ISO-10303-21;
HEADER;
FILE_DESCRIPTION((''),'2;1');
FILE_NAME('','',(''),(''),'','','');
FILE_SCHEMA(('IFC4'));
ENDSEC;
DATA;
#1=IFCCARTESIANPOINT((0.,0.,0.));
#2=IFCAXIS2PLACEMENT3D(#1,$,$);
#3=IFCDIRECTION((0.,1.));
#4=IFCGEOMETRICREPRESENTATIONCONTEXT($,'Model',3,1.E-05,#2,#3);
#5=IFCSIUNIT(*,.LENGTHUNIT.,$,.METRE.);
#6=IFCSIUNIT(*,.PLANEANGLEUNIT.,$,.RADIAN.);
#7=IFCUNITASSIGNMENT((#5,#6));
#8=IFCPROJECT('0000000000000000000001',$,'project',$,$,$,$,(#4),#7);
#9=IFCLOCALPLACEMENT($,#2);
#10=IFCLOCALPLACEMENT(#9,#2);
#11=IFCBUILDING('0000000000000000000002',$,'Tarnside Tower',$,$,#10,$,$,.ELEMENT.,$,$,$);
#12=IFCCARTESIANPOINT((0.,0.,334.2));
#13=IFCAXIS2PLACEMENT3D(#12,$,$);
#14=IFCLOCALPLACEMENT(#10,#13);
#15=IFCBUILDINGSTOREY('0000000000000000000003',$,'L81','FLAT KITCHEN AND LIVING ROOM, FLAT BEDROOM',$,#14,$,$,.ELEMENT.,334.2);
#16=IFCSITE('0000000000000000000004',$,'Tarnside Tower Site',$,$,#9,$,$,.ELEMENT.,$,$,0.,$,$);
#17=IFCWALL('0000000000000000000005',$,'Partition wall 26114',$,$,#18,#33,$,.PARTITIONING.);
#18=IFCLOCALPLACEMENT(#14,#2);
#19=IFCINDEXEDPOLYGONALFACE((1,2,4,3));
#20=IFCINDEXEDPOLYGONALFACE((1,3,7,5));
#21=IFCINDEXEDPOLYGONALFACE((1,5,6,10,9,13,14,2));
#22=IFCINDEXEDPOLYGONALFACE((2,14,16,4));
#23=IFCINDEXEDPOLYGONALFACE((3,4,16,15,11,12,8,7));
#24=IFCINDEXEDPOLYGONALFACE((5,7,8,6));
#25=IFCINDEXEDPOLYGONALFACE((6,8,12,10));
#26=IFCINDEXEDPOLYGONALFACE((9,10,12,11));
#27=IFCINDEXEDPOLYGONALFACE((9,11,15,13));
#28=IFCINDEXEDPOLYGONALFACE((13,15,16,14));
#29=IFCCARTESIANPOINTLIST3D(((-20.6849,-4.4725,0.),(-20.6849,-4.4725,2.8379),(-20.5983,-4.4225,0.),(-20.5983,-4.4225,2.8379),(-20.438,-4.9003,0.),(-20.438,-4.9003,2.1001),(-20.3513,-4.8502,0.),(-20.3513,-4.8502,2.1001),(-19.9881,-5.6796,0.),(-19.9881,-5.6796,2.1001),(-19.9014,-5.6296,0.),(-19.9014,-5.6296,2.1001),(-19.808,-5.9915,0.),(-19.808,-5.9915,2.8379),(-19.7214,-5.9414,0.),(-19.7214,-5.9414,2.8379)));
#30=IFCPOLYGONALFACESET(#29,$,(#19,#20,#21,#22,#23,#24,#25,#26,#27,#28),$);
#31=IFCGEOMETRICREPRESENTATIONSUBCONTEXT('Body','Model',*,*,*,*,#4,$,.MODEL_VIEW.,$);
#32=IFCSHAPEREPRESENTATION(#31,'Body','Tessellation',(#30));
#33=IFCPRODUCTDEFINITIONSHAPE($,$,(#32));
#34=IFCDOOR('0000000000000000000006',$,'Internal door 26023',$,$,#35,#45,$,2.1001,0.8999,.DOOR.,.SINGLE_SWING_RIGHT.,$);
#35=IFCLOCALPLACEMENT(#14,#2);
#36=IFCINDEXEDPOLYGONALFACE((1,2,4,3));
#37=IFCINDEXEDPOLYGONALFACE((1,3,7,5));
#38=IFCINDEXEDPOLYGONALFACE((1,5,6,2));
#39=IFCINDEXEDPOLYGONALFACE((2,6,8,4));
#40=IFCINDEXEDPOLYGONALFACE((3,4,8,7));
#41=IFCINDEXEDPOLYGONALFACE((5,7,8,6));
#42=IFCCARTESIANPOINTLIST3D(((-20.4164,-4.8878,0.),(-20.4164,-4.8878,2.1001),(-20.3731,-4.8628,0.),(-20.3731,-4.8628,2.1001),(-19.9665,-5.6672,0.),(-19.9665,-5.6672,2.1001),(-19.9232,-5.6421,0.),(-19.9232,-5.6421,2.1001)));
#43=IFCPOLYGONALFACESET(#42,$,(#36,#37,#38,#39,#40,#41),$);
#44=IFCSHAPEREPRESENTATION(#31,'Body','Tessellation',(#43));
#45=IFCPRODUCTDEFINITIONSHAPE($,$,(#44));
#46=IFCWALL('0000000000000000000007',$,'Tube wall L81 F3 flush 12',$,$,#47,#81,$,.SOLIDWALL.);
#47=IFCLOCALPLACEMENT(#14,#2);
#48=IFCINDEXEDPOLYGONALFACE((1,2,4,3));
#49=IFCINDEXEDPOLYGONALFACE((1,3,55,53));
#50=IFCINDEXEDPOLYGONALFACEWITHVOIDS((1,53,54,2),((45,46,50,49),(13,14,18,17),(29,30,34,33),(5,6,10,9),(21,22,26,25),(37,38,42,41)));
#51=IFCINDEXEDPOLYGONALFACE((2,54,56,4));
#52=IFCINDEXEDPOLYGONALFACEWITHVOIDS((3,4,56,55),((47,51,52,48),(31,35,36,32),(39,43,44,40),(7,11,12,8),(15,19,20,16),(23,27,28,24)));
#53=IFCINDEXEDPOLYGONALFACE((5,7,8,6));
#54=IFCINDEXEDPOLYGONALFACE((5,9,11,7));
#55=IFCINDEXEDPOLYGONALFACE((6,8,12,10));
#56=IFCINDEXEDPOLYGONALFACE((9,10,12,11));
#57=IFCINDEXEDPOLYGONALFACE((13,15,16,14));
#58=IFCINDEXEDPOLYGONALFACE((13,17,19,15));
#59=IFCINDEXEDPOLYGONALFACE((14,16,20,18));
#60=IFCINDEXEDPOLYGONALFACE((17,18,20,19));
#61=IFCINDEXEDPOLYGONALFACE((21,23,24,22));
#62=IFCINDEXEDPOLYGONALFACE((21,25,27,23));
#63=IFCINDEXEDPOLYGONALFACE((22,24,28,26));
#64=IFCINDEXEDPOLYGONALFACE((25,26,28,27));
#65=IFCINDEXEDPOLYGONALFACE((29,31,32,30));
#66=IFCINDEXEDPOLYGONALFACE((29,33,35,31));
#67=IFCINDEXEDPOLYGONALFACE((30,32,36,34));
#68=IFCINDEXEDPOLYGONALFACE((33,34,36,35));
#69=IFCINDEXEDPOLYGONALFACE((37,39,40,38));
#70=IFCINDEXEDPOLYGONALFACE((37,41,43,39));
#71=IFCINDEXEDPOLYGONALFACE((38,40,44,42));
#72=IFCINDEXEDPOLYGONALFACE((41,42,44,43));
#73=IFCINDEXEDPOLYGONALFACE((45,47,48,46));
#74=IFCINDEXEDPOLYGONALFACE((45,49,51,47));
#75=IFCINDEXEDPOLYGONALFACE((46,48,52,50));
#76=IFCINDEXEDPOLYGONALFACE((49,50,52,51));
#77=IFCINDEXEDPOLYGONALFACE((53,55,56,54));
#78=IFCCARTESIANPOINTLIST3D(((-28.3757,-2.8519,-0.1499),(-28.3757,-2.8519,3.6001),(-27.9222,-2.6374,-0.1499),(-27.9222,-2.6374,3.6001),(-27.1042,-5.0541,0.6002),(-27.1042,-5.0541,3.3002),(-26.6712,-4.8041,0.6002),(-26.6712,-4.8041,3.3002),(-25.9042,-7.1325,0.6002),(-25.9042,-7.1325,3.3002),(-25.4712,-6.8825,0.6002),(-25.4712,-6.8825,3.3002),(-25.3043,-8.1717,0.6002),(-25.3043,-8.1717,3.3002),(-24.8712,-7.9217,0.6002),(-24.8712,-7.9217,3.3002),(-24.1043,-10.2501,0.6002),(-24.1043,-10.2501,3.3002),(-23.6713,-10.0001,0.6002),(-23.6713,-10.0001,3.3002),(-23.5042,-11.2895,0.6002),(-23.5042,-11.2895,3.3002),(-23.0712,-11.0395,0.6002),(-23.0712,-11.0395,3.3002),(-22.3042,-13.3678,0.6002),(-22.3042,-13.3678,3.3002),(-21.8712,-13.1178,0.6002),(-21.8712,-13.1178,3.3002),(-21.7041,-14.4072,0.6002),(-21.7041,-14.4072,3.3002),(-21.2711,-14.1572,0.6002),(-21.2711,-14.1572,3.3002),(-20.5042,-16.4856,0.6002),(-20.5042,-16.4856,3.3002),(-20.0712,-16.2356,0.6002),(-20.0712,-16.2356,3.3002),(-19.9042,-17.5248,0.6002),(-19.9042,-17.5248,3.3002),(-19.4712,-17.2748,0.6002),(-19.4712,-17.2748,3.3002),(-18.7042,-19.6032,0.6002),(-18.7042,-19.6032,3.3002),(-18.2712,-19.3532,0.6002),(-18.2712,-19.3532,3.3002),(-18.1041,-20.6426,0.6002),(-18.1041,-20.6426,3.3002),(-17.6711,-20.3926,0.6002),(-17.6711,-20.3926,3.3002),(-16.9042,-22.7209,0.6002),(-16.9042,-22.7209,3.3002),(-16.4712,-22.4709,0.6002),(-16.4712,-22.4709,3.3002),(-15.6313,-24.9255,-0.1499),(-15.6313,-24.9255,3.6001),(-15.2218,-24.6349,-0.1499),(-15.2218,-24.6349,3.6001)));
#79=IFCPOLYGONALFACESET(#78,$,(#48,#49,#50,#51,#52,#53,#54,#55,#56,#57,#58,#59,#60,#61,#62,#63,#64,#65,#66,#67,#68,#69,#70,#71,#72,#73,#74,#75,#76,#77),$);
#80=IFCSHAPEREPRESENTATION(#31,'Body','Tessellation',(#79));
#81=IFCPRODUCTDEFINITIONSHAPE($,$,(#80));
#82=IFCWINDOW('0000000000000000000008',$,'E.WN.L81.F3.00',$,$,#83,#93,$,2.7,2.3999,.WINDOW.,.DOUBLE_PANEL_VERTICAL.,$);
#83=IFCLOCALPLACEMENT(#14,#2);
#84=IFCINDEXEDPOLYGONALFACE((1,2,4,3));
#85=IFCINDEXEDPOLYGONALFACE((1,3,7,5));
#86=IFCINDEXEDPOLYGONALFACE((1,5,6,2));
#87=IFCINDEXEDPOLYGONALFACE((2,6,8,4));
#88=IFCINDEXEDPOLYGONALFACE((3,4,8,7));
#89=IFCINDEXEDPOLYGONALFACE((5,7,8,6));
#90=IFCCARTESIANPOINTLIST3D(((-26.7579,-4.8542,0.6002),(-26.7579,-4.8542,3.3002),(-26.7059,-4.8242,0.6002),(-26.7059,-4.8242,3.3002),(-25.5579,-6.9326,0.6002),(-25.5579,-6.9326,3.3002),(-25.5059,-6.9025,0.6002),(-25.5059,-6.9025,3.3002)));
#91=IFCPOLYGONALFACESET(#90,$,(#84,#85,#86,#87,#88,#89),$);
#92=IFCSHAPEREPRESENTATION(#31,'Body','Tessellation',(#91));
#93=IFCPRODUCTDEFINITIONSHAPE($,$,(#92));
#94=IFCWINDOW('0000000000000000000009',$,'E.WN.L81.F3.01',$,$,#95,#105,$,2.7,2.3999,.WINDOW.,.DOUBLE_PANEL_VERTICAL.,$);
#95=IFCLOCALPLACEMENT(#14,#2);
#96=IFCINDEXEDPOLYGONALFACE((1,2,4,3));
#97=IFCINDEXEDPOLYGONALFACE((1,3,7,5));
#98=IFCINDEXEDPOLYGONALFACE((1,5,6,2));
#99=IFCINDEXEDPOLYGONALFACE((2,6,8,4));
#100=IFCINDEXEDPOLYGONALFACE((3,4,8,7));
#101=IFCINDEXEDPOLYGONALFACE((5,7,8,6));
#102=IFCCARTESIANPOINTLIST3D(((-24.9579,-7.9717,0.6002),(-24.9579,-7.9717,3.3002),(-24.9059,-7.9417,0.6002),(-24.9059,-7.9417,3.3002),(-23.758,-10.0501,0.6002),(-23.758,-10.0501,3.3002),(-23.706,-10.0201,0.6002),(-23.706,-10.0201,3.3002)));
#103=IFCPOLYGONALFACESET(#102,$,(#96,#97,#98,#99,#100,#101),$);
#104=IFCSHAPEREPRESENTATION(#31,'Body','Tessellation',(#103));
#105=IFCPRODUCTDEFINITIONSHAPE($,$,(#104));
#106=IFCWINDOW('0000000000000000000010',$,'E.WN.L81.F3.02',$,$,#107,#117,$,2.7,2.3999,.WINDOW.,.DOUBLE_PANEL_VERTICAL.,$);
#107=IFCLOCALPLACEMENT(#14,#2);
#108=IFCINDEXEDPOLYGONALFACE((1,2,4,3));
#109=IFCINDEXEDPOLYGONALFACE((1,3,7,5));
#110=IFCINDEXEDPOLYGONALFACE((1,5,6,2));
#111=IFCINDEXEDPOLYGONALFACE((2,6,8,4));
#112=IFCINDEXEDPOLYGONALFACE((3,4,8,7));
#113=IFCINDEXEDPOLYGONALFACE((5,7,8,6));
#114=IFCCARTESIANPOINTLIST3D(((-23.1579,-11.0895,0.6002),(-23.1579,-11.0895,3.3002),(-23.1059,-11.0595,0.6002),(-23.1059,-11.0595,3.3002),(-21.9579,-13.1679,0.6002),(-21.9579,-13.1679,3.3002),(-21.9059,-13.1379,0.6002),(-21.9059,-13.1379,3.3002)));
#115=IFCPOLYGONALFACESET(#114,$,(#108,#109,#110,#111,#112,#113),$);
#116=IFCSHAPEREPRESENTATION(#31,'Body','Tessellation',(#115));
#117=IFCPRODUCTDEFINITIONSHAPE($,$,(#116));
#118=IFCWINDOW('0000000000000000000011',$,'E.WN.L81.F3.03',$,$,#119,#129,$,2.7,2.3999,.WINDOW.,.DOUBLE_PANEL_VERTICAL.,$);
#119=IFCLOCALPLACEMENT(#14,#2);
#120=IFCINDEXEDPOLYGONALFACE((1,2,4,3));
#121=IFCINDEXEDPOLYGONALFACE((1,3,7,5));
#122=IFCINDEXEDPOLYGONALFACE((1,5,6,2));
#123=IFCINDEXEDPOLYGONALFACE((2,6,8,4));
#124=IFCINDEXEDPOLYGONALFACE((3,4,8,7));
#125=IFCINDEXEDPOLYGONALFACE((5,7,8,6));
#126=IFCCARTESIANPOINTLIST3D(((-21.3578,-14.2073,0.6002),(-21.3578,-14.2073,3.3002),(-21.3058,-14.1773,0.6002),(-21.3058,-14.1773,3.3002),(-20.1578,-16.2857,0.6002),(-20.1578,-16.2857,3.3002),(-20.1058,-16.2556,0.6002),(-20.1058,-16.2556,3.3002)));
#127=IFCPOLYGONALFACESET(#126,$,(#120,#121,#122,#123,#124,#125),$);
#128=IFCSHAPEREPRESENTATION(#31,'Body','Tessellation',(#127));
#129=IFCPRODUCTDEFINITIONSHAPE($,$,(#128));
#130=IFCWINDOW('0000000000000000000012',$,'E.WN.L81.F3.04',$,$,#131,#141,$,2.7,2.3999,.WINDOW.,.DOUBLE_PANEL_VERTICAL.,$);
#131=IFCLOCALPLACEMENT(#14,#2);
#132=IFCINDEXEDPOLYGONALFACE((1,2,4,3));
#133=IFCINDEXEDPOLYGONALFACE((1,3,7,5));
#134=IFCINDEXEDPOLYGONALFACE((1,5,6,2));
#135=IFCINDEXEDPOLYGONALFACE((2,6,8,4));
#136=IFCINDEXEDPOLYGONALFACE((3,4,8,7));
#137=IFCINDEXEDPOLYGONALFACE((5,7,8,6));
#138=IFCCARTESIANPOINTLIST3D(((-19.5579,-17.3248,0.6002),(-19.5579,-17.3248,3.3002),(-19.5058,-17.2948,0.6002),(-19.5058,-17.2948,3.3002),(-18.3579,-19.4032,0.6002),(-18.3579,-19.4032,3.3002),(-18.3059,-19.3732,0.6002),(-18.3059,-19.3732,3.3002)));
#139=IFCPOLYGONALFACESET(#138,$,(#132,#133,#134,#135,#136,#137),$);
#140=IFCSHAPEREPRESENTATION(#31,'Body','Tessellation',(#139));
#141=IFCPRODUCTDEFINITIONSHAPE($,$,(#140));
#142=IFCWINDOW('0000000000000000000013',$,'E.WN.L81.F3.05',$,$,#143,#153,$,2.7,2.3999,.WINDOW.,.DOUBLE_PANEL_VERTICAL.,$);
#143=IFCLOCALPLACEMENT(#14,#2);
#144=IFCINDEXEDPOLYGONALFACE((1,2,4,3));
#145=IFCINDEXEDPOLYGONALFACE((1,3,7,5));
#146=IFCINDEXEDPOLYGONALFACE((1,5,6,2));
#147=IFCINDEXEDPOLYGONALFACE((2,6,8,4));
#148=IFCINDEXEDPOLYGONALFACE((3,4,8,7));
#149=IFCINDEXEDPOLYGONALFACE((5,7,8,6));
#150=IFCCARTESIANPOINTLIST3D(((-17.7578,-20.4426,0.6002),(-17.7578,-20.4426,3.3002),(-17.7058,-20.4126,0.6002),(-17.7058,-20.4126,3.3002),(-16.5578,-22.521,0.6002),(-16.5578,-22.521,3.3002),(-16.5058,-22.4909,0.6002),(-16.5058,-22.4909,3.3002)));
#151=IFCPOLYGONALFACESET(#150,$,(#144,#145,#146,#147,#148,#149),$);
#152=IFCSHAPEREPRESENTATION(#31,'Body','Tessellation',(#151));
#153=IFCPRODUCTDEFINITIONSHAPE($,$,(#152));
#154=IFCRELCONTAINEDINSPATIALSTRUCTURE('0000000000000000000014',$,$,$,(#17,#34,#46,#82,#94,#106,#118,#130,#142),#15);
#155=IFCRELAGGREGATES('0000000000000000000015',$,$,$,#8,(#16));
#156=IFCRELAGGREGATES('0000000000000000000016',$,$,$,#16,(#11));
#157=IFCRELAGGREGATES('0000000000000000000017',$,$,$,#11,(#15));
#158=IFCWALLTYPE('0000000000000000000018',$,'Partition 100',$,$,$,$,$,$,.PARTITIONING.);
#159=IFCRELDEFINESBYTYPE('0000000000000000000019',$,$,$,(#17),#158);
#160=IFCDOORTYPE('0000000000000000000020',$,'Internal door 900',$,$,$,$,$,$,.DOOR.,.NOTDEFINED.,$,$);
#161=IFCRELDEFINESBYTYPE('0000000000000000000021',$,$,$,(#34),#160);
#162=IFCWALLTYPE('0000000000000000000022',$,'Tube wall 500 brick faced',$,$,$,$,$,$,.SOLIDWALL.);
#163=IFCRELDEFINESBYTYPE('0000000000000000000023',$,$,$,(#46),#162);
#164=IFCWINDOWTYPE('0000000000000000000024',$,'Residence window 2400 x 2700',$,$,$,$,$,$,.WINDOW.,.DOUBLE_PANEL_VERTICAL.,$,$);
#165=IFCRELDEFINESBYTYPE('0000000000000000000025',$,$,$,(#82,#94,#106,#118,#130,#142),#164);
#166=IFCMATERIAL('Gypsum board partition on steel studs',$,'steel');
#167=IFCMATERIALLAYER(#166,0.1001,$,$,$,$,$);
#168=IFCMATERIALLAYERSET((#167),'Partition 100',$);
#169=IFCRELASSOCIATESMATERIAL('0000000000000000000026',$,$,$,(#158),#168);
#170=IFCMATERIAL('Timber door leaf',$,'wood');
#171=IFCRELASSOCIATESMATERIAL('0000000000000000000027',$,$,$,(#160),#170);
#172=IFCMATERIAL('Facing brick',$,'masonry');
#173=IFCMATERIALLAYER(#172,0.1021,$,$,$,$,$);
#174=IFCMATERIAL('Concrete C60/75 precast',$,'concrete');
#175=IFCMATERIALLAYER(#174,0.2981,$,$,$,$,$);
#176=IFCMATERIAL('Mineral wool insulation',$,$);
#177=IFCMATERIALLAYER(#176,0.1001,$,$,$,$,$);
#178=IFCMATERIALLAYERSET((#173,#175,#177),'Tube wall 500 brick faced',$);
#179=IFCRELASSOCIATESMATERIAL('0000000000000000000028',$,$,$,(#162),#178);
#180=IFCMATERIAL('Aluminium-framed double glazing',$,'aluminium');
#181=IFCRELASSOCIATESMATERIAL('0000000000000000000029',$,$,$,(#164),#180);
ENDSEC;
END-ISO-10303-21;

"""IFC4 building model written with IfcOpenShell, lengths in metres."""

from ifc_helpers import new_model, si_unit, direction, frame, frame_2d, origin, place, context, subcontext, project, spatial, polyline, rectangle, outline, extrude, material, layer, layer_set, type_object, element, fill, save


model = new_model("IFC4")

# Units and contexts
model_context = context("Model", 3, precision=1e-05, world=origin(), true_north=direction((0.0, 1.0)))
body_context = subcontext(model_context, "Body", "Model", "MODEL_VIEW")
ifc_project = project(units=[si_unit("LENGTHUNIT", "METRE"), si_unit("PLANEANGLEUNIT", "RADIAN")], contexts=[model_context])

# Site, building, storey
site_placement = place(None, origin())
site = spatial("IfcSite", under=ifc_project, at=site_placement, Name="Tarnside Tower Site", CompositionType="ELEMENT", RefElevation=0.0)
building_placement = place(site_placement, origin())
building = spatial("IfcBuilding", under=site, at=building_placement, Name="Tarnside Tower", CompositionType="ELEMENT")
storey_placement = place(building_placement, frame((0.0, 0.0, 334.2)))
storey = spatial("IfcBuildingStorey", under=building, at=storey_placement, Name="L81", Description="FLAT KITCHEN AND LIVING ROOM, FLAT BEDROOM", CompositionType="ELEMENT", Elevation=334.2)

# Shared definitions
ifc_material_1 = material(Name="Gypsum board partition on steel studs", Category="steel")
ifc_material_2 = material(Name="Timber door leaf", Category="wood")

# Wall, opening, door
ifc_layer_1 = layer(ifc_material_1, 0.1001)
ifc_layer_set_1 = layer_set([ifc_layer_1], Name="Partition 100")
wall_type_1 = type_object("IfcWallType", Name="Partition 100", PredefinedType="PARTITIONING", material=ifc_layer_set_1)
wall_1_placement = place(storey_placement, frame((-20.6416, -4.4475, 0.0), z_axis=(0.0, 0.0, 1.0), x_axis=(0.499971, -0.866042, 0.0)))
wall_1 = element("IfcWall", 1, at=wall_1_placement, inside=storey, type_object=wall_type_1, Name="Partition wall 26114", PredefinedType="PARTITIONING", context=body_context, shape_type="SweptSolid", body=[
    extrude(rectangle(XDim=1.7539, YDim=0.1001, at=frame_2d((0.877, 0.0))), origin(), (0.0, 0.0, 1.0), 2.8379),
])
opening_1_placement = place(wall_1_placement, frame((0.4939, 0.0, 0.0)))
opening_1 = element("IfcOpeningElement", 2, at=opening_1_placement, cuts=wall_1, PredefinedType="OPENING", context=body_context, shape_type="SweptSolid", body=[
    extrude(rectangle(XDim=0.8999, YDim=2.1001, at=frame_2d((0.45, 1.05))), frame((0.0, 0.0601, 0.0), z_axis=(0.0, -1.0, 0.0), x_axis=(1.0, 0.0, 0.0)), (0.0, 0.0, 1.0), 0.1201),
])
door_type_1 = type_object("IfcDoorType", Name="Internal door 900", OperationType="NOTDEFINED", PredefinedType="DOOR", material=ifc_material_2)
door_1_placement = place(opening_1_placement, origin())
door_1 = element("IfcDoor", 3, at=door_1_placement, inside=storey, type_object=door_type_1, Name="Internal door 26023", OperationType="SINGLE_SWING_RIGHT", OverallHeight=2.1001, OverallWidth=0.8999, PredefinedType="DOOR", context=body_context, shape_type="SweptSolid", body=[
    extrude(rectangle(XDim=0.8999, YDim=2.1001, at=frame_2d((0.45, 1.05))), frame((0.0, 0.0249, 0.0), z_axis=(0.0, -1.0, 0.0), x_axis=(1.0, 0.0, 0.0)), (0.0, 0.0, 1.0), 0.05),
])
fill(opening_1, door_1)

# Wall, openings, windows
ifc_material_3 = material(Name="Facing brick", Category="masonry")
ifc_layer_2 = layer(ifc_material_3, 0.1021)
ifc_material_4 = material(Name="Concrete C60/75 precast", Category="concrete")
ifc_layer_3 = layer(ifc_material_4, 0.2981)
ifc_material_5 = material(Name="Mineral wool insulation")
ifc_layer_4 = layer(ifc_material_5, 0.1001)
ifc_layer_set_2 = layer_set([ifc_layer_2, ifc_layer_3, ifc_layer_4], Name="Tube wall 500 brick faced")
wall_type_2 = type_object("IfcWallType", Name="Tube wall 500 brick faced", PredefinedType="SOLIDWALL", material=ifc_layer_set_2)
wall_2_placement = place(storey_placement, frame((-28.1489, -2.7446, -0.1499), z_axis=(0.0, 0.0, 1.0), x_axis=(0.500004, -0.866023, 0.0)))
wall_2 = element("IfcWall", 4, at=wall_2_placement, inside=storey, type_object=wall_type_2, Name="Tube wall L81 F3 flush 12", PredefinedType="SOLIDWALL", context=body_context, shape_type="SweptSolid", body=[
    extrude(outline(polyline([(-0.0205, -0.25), (25.468, -0.25), (25.4211, 0.25), (0.0205, 0.25), (-0.0205, -0.25)])), origin(), (0.0, 0.0, 1.0), 3.75),
])
opening_2_placement = place(wall_2_placement, frame((2.5225, 0.0, 0.75)))
opening_2 = element("IfcOpeningElement", 5, at=opening_2_placement, cuts=wall_2, PredefinedType="OPENING", context=body_context, shape_type="SweptSolid", body=[
    extrude(rectangle(XDim=2.3999, YDim=2.7, at=frame_2d((1.2, 1.3501))), frame((0.0, 0.26, 0.0), z_axis=(0.0, -1.0, 0.0), x_axis=(1.0, 0.0, 0.0)), (0.0, 0.0, 1.0), 0.52),
])
opening_3_placement = place(wall_2_placement, frame((6.1223, 0.0, 0.75)))
opening_3 = element("IfcOpeningElement", 6, at=opening_3_placement, cuts=wall_2, PredefinedType="OPENING", context=body_context, shape_type="SweptSolid", body=[
    extrude(rectangle(XDim=2.3999, YDim=2.7, at=frame_2d((1.2, 1.3501))), frame((0.0, 0.26, 0.0), z_axis=(0.0, -1.0, 0.0), x_axis=(1.0, 0.0, 0.0)), (0.0, 0.0, 1.0), 0.52),
])
opening_4_placement = place(wall_2_placement, frame((9.7224, 0.0, 0.75)))
opening_4 = element("IfcOpeningElement", 7, at=opening_4_placement, cuts=wall_2, PredefinedType="OPENING", context=body_context, shape_type="SweptSolid", body=[
    extrude(rectangle(XDim=2.3999, YDim=2.7, at=frame_2d((1.2, 1.3501))), frame((0.0, 0.26, 0.0), z_axis=(0.0, -1.0, 0.0), x_axis=(1.0, 0.0, 0.0)), (0.0, 0.0, 1.0), 0.52),
])
opening_5_placement = place(wall_2_placement, frame((13.3225, 0.0, 0.75)))
opening_5 = element("IfcOpeningElement", 8, at=opening_5_placement, cuts=wall_2, PredefinedType="OPENING", context=body_context, shape_type="SweptSolid", body=[
    extrude(rectangle(XDim=2.3999, YDim=2.7, at=frame_2d((1.2, 1.3501))), frame((0.0, 0.26, 0.0), z_axis=(0.0, -1.0, 0.0), x_axis=(1.0, 0.0, 0.0)), (0.0, 0.0, 1.0), 0.52),
])
opening_6_placement = place(wall_2_placement, frame((16.9224, 0.0, 0.75)))
opening_6 = element("IfcOpeningElement", 9, at=opening_6_placement, cuts=wall_2, PredefinedType="OPENING", context=body_context, shape_type="SweptSolid", body=[
    extrude(rectangle(XDim=2.3999, YDim=2.7, at=frame_2d((1.2, 1.3501))), frame((0.0, 0.26, 0.0), z_axis=(0.0, -1.0, 0.0), x_axis=(1.0, 0.0, 0.0)), (0.0, 0.0, 1.0), 0.52),
])
opening_7_placement = place(wall_2_placement, frame((20.5225, 0.0, 0.75)))
opening_7 = element("IfcOpeningElement", 10, at=opening_7_placement, cuts=wall_2, PredefinedType="OPENING", context=body_context, shape_type="SweptSolid", body=[
    extrude(rectangle(XDim=2.3999, YDim=2.7, at=frame_2d((1.2, 1.3501))), frame((0.0, 0.26, 0.0), z_axis=(0.0, -1.0, 0.0), x_axis=(1.0, 0.0, 0.0)), (0.0, 0.0, 1.0), 0.52),
])
ifc_material_6 = material(Name="Aluminium-framed double glazing", Category="aluminium")
window_type = type_object("IfcWindowType", Name="Residence window 2400 x 2700", PartitioningType="DOUBLE_PANEL_VERTICAL", PredefinedType="WINDOW", material=ifc_material_6)
window_1_placement = place(opening_2_placement, frame((0.0, 0.1799, 0.0)))
window_1 = element("IfcWindow", 11, at=window_1_placement, inside=storey, type_object=window_type, Name="E.WN.L81.F3.00", OverallHeight=2.7, OverallWidth=2.3999, PartitioningType="DOUBLE_PANEL_VERTICAL", PredefinedType="WINDOW", context=body_context, shape_type="SweptSolid", body=[
    extrude(rectangle(XDim=2.3999, YDim=2.7, at=frame_2d((1.2, 1.3501))), frame((0.0, 0.03, 0.0), z_axis=(0.0, -1.0, 0.0), x_axis=(1.0, 0.0, 0.0)), (0.0, 0.0, 1.0), 0.0601),
])
fill(opening_2, window_1)
window_2_placement = place(opening_3_placement, frame((0.0, 0.1799, 0.0)))
window_2 = element("IfcWindow", 12, at=window_2_placement, inside=storey, type_object=window_type, Name="E.WN.L81.F3.01", OverallHeight=2.7, OverallWidth=2.3999, PartitioningType="DOUBLE_PANEL_VERTICAL", PredefinedType="WINDOW", context=body_context, shape_type="SweptSolid", body=[
    extrude(rectangle(XDim=2.3999, YDim=2.7, at=frame_2d((1.2, 1.3501))), frame((0.0, 0.03, 0.0), z_axis=(0.0, -1.0, 0.0), x_axis=(1.0, 0.0, 0.0)), (0.0, 0.0, 1.0), 0.0601),
])
fill(opening_3, window_2)
window_3_placement = place(opening_4_placement, frame((0.0, 0.1799, 0.0)))
window_3 = element("IfcWindow", 13, at=window_3_placement, inside=storey, type_object=window_type, Name="E.WN.L81.F3.02", OverallHeight=2.7, OverallWidth=2.3999, PartitioningType="DOUBLE_PANEL_VERTICAL", PredefinedType="WINDOW", context=body_context, shape_type="SweptSolid", body=[
    extrude(rectangle(XDim=2.3999, YDim=2.7, at=frame_2d((1.2, 1.3501))), frame((0.0, 0.03, 0.0), z_axis=(0.0, -1.0, 0.0), x_axis=(1.0, 0.0, 0.0)), (0.0, 0.0, 1.0), 0.0601),
])
fill(opening_4, window_3)
window_4_placement = place(opening_5_placement, frame((0.0, 0.1799, 0.0)))
window_4 = element("IfcWindow", 14, at=window_4_placement, inside=storey, type_object=window_type, Name="E.WN.L81.F3.03", OverallHeight=2.7, OverallWidth=2.3999, PartitioningType="DOUBLE_PANEL_VERTICAL", PredefinedType="WINDOW", context=body_context, shape_type="SweptSolid", body=[
    extrude(rectangle(XDim=2.3999, YDim=2.7, at=frame_2d((1.2, 1.3501))), frame((0.0, 0.03, 0.0), z_axis=(0.0, -1.0, 0.0), x_axis=(1.0, 0.0, 0.0)), (0.0, 0.0, 1.0), 0.0601),
])
fill(opening_5, window_4)
window_5_placement = place(opening_6_placement, frame((0.0, 0.1799, 0.0)))
window_5 = element("IfcWindow", 15, at=window_5_placement, inside=storey, type_object=window_type, Name="E.WN.L81.F3.04", OverallHeight=2.7, OverallWidth=2.3999, PartitioningType="DOUBLE_PANEL_VERTICAL", PredefinedType="WINDOW", context=body_context, shape_type="SweptSolid", body=[
    extrude(rectangle(XDim=2.3999, YDim=2.7, at=frame_2d((1.2, 1.3501))), frame((0.0, 0.03, 0.0), z_axis=(0.0, -1.0, 0.0), x_axis=(1.0, 0.0, 0.0)), (0.0, 0.0, 1.0), 0.0601),
])
fill(opening_6, window_5)
window_6_placement = place(opening_7_placement, frame((0.0, 0.1799, 0.0)))
window_6 = element("IfcWindow", 16, at=window_6_placement, inside=storey, type_object=window_type, Name="E.WN.L81.F3.05", OverallHeight=2.7, OverallWidth=2.3999, PartitioningType="DOUBLE_PANEL_VERTICAL", PredefinedType="WINDOW", context=body_context, shape_type="SweptSolid", body=[
    extrude(rectangle(XDim=2.3999, YDim=2.7, at=frame_2d((1.2, 1.3501))), frame((0.0, 0.03, 0.0), z_axis=(0.0, -1.0, 0.0), x_axis=(1.0, 0.0, 0.0)), (0.0, 0.0, 1.0), 0.0601),
])
fill(opening_7, window_6)

save(model, "model.ifc")
